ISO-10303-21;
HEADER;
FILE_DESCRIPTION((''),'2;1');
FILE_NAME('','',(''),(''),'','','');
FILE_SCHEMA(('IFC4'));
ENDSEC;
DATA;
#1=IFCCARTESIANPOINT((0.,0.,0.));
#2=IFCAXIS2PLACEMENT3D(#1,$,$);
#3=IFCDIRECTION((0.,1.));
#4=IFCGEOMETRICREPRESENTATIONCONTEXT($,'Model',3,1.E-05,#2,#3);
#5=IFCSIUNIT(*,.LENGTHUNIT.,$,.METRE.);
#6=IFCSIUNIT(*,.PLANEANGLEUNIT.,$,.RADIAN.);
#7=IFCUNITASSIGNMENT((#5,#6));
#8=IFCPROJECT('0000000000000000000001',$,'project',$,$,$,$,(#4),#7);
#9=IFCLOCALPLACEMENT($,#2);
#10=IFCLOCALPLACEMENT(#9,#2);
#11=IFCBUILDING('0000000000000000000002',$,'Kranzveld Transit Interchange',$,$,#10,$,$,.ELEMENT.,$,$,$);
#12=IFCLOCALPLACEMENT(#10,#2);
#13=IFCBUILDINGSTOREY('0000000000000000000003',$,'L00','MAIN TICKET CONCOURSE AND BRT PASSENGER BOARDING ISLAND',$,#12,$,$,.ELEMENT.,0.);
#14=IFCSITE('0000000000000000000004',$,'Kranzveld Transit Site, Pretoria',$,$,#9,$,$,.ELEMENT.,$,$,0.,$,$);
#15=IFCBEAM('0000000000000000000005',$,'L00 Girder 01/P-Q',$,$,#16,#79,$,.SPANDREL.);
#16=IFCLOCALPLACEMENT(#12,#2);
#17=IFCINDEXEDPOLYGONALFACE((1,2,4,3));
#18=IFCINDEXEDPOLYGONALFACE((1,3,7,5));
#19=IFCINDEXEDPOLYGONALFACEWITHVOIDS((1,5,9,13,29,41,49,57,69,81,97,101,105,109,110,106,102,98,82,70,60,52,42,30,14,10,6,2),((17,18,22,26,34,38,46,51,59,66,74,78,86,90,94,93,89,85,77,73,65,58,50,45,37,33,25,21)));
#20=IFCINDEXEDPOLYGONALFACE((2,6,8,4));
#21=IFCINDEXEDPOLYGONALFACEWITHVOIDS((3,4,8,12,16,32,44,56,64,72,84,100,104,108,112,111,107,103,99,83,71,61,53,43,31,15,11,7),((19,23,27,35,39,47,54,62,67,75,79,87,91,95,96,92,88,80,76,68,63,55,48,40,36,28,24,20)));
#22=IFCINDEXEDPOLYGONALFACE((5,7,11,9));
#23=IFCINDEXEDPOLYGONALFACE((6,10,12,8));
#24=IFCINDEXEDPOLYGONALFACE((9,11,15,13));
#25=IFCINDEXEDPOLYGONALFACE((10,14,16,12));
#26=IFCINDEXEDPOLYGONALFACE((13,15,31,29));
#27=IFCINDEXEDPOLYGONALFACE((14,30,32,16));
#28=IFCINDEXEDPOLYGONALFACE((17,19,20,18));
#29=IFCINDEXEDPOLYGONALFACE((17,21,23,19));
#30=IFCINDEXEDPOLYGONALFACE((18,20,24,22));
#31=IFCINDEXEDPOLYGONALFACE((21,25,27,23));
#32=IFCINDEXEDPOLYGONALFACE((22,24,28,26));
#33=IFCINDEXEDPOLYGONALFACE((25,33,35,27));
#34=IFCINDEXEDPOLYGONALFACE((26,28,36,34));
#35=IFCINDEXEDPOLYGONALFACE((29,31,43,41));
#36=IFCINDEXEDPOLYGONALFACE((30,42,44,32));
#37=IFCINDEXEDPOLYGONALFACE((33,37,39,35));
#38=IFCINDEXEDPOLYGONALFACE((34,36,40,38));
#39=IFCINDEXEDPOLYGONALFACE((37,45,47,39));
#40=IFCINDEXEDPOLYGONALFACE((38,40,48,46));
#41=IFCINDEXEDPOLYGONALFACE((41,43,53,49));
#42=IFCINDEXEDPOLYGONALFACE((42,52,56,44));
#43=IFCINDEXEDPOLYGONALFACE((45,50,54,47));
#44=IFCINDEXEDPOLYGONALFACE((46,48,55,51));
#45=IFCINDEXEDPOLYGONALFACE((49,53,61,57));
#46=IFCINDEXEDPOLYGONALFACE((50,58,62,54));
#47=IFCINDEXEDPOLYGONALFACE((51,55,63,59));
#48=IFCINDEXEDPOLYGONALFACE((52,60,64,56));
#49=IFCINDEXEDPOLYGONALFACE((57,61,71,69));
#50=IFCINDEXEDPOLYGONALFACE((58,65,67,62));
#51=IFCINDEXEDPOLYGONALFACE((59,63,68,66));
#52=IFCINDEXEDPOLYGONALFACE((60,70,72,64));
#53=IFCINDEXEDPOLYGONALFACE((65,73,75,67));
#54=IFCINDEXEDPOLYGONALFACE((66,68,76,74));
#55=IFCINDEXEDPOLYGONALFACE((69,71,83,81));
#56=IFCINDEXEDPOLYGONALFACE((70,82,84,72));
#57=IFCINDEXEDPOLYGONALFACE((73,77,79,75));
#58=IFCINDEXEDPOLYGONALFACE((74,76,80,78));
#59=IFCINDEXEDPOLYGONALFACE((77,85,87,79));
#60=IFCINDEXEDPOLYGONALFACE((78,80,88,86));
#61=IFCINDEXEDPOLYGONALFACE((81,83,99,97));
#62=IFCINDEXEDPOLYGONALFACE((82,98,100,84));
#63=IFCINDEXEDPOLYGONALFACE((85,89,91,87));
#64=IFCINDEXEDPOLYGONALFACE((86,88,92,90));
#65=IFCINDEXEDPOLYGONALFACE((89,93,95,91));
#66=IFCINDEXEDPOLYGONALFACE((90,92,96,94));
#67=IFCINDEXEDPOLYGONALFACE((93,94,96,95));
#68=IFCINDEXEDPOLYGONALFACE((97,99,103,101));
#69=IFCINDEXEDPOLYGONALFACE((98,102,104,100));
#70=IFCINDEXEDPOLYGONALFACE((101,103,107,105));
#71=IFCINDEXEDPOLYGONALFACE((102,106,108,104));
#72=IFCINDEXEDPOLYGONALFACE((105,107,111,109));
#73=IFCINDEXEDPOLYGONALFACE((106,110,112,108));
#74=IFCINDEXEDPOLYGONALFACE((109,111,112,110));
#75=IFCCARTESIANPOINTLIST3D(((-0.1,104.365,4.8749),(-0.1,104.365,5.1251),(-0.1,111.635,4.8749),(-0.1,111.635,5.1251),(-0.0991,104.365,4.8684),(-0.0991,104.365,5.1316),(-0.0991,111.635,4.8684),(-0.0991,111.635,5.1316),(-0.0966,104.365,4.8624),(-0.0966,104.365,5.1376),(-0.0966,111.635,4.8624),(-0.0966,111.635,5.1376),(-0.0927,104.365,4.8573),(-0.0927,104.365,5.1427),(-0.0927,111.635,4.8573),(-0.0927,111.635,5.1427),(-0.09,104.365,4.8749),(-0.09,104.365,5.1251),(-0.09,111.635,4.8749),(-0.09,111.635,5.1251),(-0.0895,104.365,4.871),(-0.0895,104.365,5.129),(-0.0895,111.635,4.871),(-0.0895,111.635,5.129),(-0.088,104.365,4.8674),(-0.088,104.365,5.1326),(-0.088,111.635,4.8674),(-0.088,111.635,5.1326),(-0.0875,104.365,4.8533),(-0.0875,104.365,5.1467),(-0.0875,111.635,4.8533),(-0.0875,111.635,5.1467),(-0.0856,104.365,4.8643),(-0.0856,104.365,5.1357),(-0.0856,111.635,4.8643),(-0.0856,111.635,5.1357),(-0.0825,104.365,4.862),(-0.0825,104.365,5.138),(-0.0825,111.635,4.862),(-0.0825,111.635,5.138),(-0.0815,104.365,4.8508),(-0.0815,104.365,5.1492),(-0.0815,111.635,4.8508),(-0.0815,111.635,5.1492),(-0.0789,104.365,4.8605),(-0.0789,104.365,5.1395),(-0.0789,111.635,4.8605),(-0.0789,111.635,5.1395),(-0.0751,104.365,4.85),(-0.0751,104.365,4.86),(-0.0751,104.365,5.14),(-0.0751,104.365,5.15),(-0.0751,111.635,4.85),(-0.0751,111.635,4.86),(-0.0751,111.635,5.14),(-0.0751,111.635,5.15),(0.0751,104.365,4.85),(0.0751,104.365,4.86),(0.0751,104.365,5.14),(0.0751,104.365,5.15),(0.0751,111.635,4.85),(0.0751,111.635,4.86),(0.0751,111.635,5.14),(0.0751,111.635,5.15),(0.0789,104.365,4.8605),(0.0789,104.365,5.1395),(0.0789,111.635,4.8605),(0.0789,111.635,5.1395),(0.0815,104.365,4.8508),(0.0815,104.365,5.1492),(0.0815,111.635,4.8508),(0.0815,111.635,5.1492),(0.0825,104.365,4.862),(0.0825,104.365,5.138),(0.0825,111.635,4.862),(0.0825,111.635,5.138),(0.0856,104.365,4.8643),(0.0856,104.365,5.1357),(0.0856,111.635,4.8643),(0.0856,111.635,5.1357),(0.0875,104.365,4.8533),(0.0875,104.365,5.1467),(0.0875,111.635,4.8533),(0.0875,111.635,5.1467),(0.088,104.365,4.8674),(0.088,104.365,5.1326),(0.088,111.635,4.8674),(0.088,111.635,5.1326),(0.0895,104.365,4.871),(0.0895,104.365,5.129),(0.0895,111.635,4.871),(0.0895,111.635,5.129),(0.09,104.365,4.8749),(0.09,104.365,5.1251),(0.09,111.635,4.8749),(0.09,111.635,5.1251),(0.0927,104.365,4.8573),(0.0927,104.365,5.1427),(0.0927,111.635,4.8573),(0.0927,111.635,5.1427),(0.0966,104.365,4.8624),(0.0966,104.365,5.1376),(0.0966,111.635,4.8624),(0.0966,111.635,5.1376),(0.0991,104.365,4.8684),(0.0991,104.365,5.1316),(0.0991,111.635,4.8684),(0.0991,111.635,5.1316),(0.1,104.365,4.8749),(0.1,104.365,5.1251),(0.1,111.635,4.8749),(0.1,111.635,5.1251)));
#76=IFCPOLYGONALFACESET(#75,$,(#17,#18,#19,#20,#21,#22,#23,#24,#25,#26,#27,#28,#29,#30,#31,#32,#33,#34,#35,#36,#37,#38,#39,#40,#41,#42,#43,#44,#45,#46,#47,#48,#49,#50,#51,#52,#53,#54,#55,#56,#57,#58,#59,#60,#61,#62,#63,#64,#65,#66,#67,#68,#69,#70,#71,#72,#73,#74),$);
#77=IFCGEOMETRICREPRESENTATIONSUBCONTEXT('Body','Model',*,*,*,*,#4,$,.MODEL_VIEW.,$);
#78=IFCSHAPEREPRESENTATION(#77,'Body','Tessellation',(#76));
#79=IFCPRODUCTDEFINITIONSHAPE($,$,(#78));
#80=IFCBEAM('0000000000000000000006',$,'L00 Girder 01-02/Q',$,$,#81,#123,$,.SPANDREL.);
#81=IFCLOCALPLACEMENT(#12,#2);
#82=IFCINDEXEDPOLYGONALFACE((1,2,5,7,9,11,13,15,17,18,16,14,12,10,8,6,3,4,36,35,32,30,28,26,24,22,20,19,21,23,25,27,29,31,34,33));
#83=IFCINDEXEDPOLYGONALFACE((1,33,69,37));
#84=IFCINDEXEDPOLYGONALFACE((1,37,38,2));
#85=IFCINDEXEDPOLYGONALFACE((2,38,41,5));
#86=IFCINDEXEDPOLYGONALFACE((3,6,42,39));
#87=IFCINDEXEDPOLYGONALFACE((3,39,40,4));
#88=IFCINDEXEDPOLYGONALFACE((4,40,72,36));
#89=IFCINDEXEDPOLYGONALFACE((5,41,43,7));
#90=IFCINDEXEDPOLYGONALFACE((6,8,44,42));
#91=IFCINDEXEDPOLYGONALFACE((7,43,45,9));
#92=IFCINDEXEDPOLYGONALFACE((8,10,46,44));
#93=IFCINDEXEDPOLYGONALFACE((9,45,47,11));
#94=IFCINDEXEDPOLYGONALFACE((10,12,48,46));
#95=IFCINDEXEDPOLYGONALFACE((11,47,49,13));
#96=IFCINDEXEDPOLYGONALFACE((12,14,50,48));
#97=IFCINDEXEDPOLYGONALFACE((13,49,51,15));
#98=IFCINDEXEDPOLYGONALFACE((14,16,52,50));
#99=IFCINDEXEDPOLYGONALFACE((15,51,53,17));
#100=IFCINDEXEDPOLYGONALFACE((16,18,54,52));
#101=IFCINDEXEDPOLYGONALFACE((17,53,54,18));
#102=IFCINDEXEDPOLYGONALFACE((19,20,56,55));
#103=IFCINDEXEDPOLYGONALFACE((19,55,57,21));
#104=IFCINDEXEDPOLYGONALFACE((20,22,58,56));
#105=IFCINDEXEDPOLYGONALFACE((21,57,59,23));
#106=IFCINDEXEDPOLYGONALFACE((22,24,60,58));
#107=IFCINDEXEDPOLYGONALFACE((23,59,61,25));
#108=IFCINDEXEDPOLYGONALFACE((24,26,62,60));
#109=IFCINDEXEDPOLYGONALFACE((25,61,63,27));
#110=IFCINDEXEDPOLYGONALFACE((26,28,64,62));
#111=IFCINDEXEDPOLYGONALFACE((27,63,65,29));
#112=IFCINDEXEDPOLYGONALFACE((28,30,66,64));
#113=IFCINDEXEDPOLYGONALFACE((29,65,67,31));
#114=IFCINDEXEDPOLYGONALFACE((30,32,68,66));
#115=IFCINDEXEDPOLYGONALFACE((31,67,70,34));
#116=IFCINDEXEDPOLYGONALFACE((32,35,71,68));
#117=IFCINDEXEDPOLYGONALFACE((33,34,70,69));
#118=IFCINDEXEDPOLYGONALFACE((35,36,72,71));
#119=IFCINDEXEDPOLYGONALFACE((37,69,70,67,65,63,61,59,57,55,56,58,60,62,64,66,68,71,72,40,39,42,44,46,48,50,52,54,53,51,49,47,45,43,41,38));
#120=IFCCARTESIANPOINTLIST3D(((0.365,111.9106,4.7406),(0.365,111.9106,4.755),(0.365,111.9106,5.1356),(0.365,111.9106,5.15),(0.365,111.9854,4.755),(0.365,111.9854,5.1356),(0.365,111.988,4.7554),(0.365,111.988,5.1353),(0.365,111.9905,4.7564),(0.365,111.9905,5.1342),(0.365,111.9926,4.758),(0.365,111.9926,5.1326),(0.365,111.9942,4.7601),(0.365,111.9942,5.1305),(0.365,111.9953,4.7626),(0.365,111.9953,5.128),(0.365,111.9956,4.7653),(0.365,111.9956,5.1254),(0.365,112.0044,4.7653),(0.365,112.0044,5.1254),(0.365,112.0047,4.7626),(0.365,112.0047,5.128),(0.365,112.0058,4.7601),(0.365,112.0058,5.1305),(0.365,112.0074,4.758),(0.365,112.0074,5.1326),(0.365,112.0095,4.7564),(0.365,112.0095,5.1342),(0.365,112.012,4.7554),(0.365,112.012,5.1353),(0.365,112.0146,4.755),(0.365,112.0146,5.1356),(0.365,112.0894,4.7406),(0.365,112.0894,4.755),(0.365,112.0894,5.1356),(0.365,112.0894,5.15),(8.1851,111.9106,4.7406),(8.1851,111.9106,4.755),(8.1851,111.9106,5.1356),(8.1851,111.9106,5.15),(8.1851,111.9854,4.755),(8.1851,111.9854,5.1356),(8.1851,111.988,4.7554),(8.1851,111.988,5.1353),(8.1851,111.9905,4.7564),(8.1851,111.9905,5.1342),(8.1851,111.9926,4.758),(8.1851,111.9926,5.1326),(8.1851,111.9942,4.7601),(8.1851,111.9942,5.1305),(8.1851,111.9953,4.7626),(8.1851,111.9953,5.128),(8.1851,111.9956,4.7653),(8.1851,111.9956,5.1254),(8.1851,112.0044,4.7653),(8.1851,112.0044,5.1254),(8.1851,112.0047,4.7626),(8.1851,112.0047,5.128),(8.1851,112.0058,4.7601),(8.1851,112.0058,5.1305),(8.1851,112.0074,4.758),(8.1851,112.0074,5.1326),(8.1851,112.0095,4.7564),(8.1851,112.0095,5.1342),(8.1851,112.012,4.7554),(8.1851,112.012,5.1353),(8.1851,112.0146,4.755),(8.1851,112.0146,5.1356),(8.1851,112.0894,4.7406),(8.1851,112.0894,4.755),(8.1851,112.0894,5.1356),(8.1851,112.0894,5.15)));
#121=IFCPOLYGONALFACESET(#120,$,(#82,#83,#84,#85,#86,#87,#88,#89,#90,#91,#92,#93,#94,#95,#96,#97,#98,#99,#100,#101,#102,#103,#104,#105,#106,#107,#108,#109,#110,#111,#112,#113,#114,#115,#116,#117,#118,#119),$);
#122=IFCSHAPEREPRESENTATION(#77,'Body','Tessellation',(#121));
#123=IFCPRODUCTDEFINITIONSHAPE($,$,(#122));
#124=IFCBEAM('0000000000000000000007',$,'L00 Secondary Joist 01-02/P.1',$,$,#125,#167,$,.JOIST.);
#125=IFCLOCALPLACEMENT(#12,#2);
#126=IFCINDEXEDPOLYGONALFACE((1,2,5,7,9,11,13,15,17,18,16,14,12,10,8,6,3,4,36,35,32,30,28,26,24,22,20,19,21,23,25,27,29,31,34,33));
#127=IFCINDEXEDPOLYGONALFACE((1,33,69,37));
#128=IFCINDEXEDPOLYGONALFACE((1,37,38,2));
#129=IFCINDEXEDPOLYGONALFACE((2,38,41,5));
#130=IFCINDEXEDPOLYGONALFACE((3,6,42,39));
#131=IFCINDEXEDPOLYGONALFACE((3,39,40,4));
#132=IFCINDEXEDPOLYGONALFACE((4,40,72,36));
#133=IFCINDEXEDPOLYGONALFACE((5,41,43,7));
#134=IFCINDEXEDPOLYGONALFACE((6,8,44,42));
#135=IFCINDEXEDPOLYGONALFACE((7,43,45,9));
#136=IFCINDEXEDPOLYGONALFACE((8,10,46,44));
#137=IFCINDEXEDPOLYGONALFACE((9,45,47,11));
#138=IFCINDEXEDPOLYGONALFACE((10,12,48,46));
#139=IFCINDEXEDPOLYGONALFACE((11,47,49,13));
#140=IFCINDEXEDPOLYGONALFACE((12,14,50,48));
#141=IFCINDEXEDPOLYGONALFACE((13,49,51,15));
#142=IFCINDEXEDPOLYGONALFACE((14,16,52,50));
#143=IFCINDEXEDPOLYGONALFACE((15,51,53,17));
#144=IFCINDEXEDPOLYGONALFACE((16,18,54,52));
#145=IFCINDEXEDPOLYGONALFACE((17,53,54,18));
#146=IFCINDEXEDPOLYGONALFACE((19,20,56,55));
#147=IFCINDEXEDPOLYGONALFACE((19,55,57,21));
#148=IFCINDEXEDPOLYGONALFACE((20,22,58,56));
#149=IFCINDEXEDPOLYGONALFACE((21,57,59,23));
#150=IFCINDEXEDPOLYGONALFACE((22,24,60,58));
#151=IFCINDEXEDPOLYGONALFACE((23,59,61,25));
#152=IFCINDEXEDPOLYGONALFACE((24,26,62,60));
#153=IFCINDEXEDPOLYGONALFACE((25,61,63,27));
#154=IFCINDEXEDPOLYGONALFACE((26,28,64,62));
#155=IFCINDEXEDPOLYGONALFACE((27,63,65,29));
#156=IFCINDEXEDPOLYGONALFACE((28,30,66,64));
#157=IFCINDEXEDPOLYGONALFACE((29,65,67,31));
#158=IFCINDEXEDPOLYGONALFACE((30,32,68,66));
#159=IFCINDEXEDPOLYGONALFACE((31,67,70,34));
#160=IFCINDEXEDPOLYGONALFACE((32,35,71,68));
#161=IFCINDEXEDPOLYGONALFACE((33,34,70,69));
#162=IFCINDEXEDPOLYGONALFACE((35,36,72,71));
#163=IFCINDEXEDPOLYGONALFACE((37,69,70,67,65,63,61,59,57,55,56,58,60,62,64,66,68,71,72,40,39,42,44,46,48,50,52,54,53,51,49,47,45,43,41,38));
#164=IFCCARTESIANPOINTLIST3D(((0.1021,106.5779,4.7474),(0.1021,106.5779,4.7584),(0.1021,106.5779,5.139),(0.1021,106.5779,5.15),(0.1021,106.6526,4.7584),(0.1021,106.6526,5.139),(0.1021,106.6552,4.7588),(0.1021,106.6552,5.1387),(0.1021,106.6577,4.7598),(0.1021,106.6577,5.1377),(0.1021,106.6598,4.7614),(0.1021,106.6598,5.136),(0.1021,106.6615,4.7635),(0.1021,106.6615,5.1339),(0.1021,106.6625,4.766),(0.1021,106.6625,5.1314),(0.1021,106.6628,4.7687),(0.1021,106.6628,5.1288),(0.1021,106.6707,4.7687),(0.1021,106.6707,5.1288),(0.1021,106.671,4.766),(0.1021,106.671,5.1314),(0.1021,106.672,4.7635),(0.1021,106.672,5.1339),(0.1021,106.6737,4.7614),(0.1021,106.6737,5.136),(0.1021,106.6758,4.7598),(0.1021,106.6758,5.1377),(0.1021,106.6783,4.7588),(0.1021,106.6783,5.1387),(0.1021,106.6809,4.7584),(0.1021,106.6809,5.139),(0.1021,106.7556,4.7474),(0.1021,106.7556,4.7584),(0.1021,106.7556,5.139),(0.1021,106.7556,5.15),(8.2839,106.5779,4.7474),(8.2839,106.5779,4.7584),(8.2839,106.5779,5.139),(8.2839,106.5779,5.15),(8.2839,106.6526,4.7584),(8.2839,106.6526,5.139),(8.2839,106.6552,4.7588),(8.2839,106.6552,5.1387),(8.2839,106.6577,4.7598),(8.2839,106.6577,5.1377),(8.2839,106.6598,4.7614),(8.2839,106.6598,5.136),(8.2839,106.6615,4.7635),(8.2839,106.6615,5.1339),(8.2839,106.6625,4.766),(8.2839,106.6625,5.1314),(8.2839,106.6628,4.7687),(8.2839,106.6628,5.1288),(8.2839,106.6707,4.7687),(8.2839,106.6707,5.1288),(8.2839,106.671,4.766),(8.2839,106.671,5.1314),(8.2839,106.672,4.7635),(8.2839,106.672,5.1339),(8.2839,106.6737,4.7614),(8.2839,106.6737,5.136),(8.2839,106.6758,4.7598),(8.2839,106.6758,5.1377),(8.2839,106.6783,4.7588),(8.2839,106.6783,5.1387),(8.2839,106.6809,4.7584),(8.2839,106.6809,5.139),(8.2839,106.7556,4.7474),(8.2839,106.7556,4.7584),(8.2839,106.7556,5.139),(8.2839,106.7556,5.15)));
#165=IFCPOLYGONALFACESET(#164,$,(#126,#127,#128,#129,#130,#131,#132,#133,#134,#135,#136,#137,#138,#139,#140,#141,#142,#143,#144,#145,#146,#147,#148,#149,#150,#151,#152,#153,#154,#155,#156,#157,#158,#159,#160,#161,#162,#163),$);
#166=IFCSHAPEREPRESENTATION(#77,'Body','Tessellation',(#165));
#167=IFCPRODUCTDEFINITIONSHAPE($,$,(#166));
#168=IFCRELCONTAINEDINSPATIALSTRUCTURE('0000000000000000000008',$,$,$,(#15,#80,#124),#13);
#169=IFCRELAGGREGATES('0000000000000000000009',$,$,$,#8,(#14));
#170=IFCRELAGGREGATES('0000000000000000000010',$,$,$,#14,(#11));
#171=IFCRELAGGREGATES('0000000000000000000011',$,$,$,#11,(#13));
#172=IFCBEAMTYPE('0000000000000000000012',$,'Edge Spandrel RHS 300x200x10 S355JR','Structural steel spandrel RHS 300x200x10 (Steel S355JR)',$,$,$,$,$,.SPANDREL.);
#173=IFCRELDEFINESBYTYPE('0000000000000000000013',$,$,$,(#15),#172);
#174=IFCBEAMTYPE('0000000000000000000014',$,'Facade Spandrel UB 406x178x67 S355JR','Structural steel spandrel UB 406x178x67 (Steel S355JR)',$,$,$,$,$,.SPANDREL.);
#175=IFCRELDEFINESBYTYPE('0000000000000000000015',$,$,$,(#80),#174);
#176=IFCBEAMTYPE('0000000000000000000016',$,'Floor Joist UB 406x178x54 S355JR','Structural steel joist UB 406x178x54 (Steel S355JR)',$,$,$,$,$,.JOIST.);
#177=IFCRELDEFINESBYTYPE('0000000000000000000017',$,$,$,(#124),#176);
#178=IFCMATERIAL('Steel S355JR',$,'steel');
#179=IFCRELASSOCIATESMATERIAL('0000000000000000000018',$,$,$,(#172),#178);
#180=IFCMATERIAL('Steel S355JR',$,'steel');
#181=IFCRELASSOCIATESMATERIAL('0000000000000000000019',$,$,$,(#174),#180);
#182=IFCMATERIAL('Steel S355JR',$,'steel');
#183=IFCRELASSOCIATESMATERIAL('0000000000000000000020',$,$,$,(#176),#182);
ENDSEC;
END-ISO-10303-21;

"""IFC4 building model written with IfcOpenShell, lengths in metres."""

from ifc_helpers import new_model, si_unit, direction, frame, origin, origin_2d, place, context, subcontext, project, spatial, hollow_rectangle, i_section, extrude, material, material_profile, profile_set, type_object, element, save


model = new_model("IFC4")

# Units and contexts
model_context = context("Model", 3, precision=1e-05, world=origin(), true_north=direction((0.0, 1.0)))
body_context = subcontext(model_context, "Body", "Model", "MODEL_VIEW")
ifc_project = project(units=[si_unit("LENGTHUNIT", "METRE"), si_unit("PLANEANGLEUNIT", "RADIAN")], contexts=[model_context])

# Site, building, storey
site_placement = place(None, origin())
site = spatial("IfcSite", under=ifc_project, at=site_placement, Name="Kranzveld Transit Site, Pretoria", CompositionType="ELEMENT", RefElevation=0.0)
building_placement = place(site_placement, origin())
building = spatial("IfcBuilding", under=site, at=building_placement, Name="Kranzveld Transit Interchange", CompositionType="ELEMENT")
storey_placement = place(building_placement, origin())
storey = spatial("IfcBuildingStorey", under=building, at=storey_placement, Name="L00", Description="MAIN TICKET CONCOURSE AND BRT PASSENGER BOARDING ISLAND", CompositionType="ELEMENT", Elevation=0.0)

# Beams
ifc_material_1 = material(Name="Steel S355JR", Category="steel")
ifc_material_profile_1 = material_profile(ifc_material_1, hollow_rectangle(XDim=0.2, YDim=0.3, WallThickness=0.01, InnerFilletRadius=0.0149, OuterFilletRadius=0.0249, at=origin_2d()), Name="RHS 300x200x10")
ifc_profile_set_1 = profile_set([ifc_material_profile_1], Name="Steel S355JR")
beam_type_1 = type_object("IfcBeamType", Name="Edge Spandrel RHS 300x200x10 S355JR", Description="Structural steel spandrel RHS 300x200x10 (Steel S355JR)", PredefinedType="SPANDREL", material=ifc_profile_set_1)
beam_1_placement = place(storey_placement, frame((0.0, 104.365, 5.0), z_axis=(0.0, 1.0, 0.0), x_axis=(-1.0, 0.0, 0.0)))
element("IfcBeam", 1, at=beam_1_placement, inside=storey, type_object=beam_type_1, Name="L00 Girder 01/P-Q", PredefinedType="SPANDREL", context=body_context, shape_type="SweptSolid", body=[
    extrude(hollow_rectangle(XDim=0.2, YDim=0.3, WallThickness=0.01, InnerFilletRadius=0.0149, OuterFilletRadius=0.0249, at=origin_2d()), origin(), (0.0, 0.0, 1.0), 7.27),
])
ifc_material_2 = material(Name="Steel S355JR", Category="steel")
ifc_material_profile_2 = material_profile(ifc_material_2, i_section(OverallWidth=0.1787, OverallDepth=0.4094, WebThickness=0.0088, FlangeThickness=0.0144, FilletRadius=0.0103, at=origin_2d()), Name="UB 406x178x67")
ifc_profile_set_2 = profile_set([ifc_material_profile_2], Name="Steel S355JR")
beam_type_2 = type_object("IfcBeamType", Name="Facade Spandrel UB 406x178x67 S355JR", Description="Structural steel spandrel UB 406x178x67 (Steel S355JR)", PredefinedType="SPANDREL", material=ifc_profile_set_2)
beam_2_placement = place(storey_placement, frame((0.365, 112.0, 4.9453), z_axis=(1.0, 0.0, 0.0), x_axis=(0.0, 1.0, 0.0)))
element("IfcBeam", 2, at=beam_2_placement, inside=storey, type_object=beam_type_2, Name="L00 Girder 01-02/Q", PredefinedType="SPANDREL", context=body_context, shape_type="SweptSolid", body=[
    extrude(i_section(OverallWidth=0.1787, OverallDepth=0.4094, WebThickness=0.0088, FlangeThickness=0.0144, FilletRadius=0.0103, at=origin_2d()), origin(), (0.0, 0.0, 1.0), 7.8201),
])
ifc_material_3 = material(Name="Steel S355JR", Category="steel")
ifc_material_profile_3 = material_profile(ifc_material_3, i_section(OverallWidth=0.1777, OverallDepth=0.4026, WebThickness=0.0078, FlangeThickness=0.011, FilletRadius=0.0103, at=origin_2d()), Name="UB 406x178x54")
ifc_profile_set_3 = profile_set([ifc_material_profile_3], Name="Steel S355JR")
beam_type_3 = type_object("IfcBeamType", Name="Floor Joist UB 406x178x54 S355JR", Description="Structural steel joist UB 406x178x54 (Steel S355JR)", PredefinedType="JOIST", material=ifc_profile_set_3)
for number, where, z_axis, x_axis, name in (
    (3, (0.1021, 106.6667, 4.9487), (1.0, 0.0, 0.0), (0.0, 1.0, 0.0), "L00 Secondary Joist 01-02/P.1"),
):
    element("IfcBeam", number, at=place(storey_placement, frame(where, z_axis=z_axis, x_axis=x_axis)), inside=storey, type_object=beam_type_3, Name=name, PredefinedType="JOIST", context=body_context, shape_type="SweptSolid", body=[
        extrude(i_section(OverallWidth=0.1777, OverallDepth=0.4026, WebThickness=0.0078, FlangeThickness=0.011, FilletRadius=0.0103, at=origin_2d()), origin(), (0.0, 0.0, 1.0), 8.1819),
    ])

save(model, "model.ifc")
